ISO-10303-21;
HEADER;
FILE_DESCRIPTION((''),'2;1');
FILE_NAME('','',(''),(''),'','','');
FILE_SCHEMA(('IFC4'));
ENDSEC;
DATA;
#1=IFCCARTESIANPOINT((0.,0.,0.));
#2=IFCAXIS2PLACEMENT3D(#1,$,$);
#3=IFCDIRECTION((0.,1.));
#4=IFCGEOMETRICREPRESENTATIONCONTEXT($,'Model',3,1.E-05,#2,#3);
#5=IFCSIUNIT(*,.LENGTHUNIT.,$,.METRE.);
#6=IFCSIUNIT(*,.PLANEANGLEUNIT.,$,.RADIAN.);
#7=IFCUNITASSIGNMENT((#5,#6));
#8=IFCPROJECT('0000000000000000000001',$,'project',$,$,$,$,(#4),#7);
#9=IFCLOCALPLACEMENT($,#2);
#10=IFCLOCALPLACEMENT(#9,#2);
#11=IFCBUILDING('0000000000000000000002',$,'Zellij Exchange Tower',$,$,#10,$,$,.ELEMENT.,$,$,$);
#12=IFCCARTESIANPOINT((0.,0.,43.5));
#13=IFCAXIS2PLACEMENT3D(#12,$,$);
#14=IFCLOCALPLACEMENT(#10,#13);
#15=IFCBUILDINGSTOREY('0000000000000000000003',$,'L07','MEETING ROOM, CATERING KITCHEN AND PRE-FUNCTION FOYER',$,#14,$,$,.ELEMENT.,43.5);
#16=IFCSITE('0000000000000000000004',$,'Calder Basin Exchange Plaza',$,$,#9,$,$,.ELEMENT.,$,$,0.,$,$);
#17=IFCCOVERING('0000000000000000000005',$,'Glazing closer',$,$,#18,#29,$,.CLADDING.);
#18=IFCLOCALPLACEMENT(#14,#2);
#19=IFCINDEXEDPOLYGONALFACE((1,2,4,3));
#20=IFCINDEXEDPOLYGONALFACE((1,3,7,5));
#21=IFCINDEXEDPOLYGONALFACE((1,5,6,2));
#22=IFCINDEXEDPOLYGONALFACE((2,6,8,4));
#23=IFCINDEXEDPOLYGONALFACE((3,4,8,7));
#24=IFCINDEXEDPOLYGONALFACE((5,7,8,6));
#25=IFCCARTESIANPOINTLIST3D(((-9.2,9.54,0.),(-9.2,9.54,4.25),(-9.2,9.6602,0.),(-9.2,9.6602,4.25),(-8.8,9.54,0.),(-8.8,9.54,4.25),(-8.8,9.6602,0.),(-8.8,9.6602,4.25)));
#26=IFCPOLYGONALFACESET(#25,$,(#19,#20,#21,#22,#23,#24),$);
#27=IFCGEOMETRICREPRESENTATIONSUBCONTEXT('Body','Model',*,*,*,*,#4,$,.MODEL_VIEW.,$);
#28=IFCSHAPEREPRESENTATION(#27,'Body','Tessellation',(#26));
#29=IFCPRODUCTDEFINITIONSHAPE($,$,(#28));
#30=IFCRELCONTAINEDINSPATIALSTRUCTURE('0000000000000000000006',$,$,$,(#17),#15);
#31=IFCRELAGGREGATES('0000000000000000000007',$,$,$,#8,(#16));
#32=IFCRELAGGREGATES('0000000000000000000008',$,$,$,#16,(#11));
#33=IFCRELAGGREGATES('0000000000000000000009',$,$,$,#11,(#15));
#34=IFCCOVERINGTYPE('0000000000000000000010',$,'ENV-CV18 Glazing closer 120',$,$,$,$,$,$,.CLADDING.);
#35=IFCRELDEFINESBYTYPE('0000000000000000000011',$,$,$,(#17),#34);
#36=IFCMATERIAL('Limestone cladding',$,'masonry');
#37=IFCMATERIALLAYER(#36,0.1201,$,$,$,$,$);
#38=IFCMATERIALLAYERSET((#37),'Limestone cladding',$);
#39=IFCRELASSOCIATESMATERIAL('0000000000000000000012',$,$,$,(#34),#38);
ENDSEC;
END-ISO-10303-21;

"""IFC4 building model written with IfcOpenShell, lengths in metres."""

from ifc_helpers import new_model, si_unit, direction, frame, origin, origin_2d, place, context, subcontext, project, spatial, rectangle, extrude, material, layer, layer_set, type_object, element, save


model = new_model("IFC4")

# Units and contexts
model_context = context("Model", 3, precision=1e-05, world=origin(), true_north=direction((0.0, 1.0)))
body_context = subcontext(model_context, "Body", "Model", "MODEL_VIEW")
ifc_project = project(units=[si_unit("LENGTHUNIT", "METRE"), si_unit("PLANEANGLEUNIT", "RADIAN")], contexts=[model_context])

# Site, building, storey
site_placement = place(None, origin())
site = spatial("IfcSite", under=ifc_project, at=site_placement, Name="Calder Basin Exchange Plaza", CompositionType="ELEMENT", RefElevation=0.0)
building_placement = place(site_placement, origin())
building = spatial("IfcBuilding", under=site, at=building_placement, Name="Zellij Exchange Tower", CompositionType="ELEMENT")
storey_placement = place(building_placement, frame((0.0, 0.0, 43.5)))
storey = spatial("IfcBuildingStorey", under=building, at=storey_placement, Name="L07", Description="MEETING ROOM, CATERING KITCHEN AND PRE-FUNCTION FOYER", CompositionType="ELEMENT", Elevation=43.5)

# Covering
ifc_material_1 = material(Name="Limestone cladding", Category="masonry")
ifc_layer_1 = layer(ifc_material_1, 0.1201)
ifc_layer_set_1 = layer_set([ifc_layer_1], Name="Limestone cladding")
covering_type = type_object("IfcCoveringType", Name="ENV-CV18 Glazing closer 120", PredefinedType="CLADDING", material=ifc_layer_set_1)
covering_placement = place(storey_placement, frame((-9.0, 9.6001, 0.0), z_axis=(0.0, 0.0, 1.0), x_axis=(-1.0, 0.0, 0.0)))
element("IfcCovering", 1, at=covering_placement, inside=storey, type_object=covering_type, Name="Glazing closer", PredefinedType="CLADDING", context=body_context, shape_type="SweptSolid", body=[
    extrude(rectangle(XDim=0.3999, YDim=0.1201, at=origin_2d()), origin(), (0.0, 0.0, 1.0), 4.25),
])

save(model, "model.ifc")
